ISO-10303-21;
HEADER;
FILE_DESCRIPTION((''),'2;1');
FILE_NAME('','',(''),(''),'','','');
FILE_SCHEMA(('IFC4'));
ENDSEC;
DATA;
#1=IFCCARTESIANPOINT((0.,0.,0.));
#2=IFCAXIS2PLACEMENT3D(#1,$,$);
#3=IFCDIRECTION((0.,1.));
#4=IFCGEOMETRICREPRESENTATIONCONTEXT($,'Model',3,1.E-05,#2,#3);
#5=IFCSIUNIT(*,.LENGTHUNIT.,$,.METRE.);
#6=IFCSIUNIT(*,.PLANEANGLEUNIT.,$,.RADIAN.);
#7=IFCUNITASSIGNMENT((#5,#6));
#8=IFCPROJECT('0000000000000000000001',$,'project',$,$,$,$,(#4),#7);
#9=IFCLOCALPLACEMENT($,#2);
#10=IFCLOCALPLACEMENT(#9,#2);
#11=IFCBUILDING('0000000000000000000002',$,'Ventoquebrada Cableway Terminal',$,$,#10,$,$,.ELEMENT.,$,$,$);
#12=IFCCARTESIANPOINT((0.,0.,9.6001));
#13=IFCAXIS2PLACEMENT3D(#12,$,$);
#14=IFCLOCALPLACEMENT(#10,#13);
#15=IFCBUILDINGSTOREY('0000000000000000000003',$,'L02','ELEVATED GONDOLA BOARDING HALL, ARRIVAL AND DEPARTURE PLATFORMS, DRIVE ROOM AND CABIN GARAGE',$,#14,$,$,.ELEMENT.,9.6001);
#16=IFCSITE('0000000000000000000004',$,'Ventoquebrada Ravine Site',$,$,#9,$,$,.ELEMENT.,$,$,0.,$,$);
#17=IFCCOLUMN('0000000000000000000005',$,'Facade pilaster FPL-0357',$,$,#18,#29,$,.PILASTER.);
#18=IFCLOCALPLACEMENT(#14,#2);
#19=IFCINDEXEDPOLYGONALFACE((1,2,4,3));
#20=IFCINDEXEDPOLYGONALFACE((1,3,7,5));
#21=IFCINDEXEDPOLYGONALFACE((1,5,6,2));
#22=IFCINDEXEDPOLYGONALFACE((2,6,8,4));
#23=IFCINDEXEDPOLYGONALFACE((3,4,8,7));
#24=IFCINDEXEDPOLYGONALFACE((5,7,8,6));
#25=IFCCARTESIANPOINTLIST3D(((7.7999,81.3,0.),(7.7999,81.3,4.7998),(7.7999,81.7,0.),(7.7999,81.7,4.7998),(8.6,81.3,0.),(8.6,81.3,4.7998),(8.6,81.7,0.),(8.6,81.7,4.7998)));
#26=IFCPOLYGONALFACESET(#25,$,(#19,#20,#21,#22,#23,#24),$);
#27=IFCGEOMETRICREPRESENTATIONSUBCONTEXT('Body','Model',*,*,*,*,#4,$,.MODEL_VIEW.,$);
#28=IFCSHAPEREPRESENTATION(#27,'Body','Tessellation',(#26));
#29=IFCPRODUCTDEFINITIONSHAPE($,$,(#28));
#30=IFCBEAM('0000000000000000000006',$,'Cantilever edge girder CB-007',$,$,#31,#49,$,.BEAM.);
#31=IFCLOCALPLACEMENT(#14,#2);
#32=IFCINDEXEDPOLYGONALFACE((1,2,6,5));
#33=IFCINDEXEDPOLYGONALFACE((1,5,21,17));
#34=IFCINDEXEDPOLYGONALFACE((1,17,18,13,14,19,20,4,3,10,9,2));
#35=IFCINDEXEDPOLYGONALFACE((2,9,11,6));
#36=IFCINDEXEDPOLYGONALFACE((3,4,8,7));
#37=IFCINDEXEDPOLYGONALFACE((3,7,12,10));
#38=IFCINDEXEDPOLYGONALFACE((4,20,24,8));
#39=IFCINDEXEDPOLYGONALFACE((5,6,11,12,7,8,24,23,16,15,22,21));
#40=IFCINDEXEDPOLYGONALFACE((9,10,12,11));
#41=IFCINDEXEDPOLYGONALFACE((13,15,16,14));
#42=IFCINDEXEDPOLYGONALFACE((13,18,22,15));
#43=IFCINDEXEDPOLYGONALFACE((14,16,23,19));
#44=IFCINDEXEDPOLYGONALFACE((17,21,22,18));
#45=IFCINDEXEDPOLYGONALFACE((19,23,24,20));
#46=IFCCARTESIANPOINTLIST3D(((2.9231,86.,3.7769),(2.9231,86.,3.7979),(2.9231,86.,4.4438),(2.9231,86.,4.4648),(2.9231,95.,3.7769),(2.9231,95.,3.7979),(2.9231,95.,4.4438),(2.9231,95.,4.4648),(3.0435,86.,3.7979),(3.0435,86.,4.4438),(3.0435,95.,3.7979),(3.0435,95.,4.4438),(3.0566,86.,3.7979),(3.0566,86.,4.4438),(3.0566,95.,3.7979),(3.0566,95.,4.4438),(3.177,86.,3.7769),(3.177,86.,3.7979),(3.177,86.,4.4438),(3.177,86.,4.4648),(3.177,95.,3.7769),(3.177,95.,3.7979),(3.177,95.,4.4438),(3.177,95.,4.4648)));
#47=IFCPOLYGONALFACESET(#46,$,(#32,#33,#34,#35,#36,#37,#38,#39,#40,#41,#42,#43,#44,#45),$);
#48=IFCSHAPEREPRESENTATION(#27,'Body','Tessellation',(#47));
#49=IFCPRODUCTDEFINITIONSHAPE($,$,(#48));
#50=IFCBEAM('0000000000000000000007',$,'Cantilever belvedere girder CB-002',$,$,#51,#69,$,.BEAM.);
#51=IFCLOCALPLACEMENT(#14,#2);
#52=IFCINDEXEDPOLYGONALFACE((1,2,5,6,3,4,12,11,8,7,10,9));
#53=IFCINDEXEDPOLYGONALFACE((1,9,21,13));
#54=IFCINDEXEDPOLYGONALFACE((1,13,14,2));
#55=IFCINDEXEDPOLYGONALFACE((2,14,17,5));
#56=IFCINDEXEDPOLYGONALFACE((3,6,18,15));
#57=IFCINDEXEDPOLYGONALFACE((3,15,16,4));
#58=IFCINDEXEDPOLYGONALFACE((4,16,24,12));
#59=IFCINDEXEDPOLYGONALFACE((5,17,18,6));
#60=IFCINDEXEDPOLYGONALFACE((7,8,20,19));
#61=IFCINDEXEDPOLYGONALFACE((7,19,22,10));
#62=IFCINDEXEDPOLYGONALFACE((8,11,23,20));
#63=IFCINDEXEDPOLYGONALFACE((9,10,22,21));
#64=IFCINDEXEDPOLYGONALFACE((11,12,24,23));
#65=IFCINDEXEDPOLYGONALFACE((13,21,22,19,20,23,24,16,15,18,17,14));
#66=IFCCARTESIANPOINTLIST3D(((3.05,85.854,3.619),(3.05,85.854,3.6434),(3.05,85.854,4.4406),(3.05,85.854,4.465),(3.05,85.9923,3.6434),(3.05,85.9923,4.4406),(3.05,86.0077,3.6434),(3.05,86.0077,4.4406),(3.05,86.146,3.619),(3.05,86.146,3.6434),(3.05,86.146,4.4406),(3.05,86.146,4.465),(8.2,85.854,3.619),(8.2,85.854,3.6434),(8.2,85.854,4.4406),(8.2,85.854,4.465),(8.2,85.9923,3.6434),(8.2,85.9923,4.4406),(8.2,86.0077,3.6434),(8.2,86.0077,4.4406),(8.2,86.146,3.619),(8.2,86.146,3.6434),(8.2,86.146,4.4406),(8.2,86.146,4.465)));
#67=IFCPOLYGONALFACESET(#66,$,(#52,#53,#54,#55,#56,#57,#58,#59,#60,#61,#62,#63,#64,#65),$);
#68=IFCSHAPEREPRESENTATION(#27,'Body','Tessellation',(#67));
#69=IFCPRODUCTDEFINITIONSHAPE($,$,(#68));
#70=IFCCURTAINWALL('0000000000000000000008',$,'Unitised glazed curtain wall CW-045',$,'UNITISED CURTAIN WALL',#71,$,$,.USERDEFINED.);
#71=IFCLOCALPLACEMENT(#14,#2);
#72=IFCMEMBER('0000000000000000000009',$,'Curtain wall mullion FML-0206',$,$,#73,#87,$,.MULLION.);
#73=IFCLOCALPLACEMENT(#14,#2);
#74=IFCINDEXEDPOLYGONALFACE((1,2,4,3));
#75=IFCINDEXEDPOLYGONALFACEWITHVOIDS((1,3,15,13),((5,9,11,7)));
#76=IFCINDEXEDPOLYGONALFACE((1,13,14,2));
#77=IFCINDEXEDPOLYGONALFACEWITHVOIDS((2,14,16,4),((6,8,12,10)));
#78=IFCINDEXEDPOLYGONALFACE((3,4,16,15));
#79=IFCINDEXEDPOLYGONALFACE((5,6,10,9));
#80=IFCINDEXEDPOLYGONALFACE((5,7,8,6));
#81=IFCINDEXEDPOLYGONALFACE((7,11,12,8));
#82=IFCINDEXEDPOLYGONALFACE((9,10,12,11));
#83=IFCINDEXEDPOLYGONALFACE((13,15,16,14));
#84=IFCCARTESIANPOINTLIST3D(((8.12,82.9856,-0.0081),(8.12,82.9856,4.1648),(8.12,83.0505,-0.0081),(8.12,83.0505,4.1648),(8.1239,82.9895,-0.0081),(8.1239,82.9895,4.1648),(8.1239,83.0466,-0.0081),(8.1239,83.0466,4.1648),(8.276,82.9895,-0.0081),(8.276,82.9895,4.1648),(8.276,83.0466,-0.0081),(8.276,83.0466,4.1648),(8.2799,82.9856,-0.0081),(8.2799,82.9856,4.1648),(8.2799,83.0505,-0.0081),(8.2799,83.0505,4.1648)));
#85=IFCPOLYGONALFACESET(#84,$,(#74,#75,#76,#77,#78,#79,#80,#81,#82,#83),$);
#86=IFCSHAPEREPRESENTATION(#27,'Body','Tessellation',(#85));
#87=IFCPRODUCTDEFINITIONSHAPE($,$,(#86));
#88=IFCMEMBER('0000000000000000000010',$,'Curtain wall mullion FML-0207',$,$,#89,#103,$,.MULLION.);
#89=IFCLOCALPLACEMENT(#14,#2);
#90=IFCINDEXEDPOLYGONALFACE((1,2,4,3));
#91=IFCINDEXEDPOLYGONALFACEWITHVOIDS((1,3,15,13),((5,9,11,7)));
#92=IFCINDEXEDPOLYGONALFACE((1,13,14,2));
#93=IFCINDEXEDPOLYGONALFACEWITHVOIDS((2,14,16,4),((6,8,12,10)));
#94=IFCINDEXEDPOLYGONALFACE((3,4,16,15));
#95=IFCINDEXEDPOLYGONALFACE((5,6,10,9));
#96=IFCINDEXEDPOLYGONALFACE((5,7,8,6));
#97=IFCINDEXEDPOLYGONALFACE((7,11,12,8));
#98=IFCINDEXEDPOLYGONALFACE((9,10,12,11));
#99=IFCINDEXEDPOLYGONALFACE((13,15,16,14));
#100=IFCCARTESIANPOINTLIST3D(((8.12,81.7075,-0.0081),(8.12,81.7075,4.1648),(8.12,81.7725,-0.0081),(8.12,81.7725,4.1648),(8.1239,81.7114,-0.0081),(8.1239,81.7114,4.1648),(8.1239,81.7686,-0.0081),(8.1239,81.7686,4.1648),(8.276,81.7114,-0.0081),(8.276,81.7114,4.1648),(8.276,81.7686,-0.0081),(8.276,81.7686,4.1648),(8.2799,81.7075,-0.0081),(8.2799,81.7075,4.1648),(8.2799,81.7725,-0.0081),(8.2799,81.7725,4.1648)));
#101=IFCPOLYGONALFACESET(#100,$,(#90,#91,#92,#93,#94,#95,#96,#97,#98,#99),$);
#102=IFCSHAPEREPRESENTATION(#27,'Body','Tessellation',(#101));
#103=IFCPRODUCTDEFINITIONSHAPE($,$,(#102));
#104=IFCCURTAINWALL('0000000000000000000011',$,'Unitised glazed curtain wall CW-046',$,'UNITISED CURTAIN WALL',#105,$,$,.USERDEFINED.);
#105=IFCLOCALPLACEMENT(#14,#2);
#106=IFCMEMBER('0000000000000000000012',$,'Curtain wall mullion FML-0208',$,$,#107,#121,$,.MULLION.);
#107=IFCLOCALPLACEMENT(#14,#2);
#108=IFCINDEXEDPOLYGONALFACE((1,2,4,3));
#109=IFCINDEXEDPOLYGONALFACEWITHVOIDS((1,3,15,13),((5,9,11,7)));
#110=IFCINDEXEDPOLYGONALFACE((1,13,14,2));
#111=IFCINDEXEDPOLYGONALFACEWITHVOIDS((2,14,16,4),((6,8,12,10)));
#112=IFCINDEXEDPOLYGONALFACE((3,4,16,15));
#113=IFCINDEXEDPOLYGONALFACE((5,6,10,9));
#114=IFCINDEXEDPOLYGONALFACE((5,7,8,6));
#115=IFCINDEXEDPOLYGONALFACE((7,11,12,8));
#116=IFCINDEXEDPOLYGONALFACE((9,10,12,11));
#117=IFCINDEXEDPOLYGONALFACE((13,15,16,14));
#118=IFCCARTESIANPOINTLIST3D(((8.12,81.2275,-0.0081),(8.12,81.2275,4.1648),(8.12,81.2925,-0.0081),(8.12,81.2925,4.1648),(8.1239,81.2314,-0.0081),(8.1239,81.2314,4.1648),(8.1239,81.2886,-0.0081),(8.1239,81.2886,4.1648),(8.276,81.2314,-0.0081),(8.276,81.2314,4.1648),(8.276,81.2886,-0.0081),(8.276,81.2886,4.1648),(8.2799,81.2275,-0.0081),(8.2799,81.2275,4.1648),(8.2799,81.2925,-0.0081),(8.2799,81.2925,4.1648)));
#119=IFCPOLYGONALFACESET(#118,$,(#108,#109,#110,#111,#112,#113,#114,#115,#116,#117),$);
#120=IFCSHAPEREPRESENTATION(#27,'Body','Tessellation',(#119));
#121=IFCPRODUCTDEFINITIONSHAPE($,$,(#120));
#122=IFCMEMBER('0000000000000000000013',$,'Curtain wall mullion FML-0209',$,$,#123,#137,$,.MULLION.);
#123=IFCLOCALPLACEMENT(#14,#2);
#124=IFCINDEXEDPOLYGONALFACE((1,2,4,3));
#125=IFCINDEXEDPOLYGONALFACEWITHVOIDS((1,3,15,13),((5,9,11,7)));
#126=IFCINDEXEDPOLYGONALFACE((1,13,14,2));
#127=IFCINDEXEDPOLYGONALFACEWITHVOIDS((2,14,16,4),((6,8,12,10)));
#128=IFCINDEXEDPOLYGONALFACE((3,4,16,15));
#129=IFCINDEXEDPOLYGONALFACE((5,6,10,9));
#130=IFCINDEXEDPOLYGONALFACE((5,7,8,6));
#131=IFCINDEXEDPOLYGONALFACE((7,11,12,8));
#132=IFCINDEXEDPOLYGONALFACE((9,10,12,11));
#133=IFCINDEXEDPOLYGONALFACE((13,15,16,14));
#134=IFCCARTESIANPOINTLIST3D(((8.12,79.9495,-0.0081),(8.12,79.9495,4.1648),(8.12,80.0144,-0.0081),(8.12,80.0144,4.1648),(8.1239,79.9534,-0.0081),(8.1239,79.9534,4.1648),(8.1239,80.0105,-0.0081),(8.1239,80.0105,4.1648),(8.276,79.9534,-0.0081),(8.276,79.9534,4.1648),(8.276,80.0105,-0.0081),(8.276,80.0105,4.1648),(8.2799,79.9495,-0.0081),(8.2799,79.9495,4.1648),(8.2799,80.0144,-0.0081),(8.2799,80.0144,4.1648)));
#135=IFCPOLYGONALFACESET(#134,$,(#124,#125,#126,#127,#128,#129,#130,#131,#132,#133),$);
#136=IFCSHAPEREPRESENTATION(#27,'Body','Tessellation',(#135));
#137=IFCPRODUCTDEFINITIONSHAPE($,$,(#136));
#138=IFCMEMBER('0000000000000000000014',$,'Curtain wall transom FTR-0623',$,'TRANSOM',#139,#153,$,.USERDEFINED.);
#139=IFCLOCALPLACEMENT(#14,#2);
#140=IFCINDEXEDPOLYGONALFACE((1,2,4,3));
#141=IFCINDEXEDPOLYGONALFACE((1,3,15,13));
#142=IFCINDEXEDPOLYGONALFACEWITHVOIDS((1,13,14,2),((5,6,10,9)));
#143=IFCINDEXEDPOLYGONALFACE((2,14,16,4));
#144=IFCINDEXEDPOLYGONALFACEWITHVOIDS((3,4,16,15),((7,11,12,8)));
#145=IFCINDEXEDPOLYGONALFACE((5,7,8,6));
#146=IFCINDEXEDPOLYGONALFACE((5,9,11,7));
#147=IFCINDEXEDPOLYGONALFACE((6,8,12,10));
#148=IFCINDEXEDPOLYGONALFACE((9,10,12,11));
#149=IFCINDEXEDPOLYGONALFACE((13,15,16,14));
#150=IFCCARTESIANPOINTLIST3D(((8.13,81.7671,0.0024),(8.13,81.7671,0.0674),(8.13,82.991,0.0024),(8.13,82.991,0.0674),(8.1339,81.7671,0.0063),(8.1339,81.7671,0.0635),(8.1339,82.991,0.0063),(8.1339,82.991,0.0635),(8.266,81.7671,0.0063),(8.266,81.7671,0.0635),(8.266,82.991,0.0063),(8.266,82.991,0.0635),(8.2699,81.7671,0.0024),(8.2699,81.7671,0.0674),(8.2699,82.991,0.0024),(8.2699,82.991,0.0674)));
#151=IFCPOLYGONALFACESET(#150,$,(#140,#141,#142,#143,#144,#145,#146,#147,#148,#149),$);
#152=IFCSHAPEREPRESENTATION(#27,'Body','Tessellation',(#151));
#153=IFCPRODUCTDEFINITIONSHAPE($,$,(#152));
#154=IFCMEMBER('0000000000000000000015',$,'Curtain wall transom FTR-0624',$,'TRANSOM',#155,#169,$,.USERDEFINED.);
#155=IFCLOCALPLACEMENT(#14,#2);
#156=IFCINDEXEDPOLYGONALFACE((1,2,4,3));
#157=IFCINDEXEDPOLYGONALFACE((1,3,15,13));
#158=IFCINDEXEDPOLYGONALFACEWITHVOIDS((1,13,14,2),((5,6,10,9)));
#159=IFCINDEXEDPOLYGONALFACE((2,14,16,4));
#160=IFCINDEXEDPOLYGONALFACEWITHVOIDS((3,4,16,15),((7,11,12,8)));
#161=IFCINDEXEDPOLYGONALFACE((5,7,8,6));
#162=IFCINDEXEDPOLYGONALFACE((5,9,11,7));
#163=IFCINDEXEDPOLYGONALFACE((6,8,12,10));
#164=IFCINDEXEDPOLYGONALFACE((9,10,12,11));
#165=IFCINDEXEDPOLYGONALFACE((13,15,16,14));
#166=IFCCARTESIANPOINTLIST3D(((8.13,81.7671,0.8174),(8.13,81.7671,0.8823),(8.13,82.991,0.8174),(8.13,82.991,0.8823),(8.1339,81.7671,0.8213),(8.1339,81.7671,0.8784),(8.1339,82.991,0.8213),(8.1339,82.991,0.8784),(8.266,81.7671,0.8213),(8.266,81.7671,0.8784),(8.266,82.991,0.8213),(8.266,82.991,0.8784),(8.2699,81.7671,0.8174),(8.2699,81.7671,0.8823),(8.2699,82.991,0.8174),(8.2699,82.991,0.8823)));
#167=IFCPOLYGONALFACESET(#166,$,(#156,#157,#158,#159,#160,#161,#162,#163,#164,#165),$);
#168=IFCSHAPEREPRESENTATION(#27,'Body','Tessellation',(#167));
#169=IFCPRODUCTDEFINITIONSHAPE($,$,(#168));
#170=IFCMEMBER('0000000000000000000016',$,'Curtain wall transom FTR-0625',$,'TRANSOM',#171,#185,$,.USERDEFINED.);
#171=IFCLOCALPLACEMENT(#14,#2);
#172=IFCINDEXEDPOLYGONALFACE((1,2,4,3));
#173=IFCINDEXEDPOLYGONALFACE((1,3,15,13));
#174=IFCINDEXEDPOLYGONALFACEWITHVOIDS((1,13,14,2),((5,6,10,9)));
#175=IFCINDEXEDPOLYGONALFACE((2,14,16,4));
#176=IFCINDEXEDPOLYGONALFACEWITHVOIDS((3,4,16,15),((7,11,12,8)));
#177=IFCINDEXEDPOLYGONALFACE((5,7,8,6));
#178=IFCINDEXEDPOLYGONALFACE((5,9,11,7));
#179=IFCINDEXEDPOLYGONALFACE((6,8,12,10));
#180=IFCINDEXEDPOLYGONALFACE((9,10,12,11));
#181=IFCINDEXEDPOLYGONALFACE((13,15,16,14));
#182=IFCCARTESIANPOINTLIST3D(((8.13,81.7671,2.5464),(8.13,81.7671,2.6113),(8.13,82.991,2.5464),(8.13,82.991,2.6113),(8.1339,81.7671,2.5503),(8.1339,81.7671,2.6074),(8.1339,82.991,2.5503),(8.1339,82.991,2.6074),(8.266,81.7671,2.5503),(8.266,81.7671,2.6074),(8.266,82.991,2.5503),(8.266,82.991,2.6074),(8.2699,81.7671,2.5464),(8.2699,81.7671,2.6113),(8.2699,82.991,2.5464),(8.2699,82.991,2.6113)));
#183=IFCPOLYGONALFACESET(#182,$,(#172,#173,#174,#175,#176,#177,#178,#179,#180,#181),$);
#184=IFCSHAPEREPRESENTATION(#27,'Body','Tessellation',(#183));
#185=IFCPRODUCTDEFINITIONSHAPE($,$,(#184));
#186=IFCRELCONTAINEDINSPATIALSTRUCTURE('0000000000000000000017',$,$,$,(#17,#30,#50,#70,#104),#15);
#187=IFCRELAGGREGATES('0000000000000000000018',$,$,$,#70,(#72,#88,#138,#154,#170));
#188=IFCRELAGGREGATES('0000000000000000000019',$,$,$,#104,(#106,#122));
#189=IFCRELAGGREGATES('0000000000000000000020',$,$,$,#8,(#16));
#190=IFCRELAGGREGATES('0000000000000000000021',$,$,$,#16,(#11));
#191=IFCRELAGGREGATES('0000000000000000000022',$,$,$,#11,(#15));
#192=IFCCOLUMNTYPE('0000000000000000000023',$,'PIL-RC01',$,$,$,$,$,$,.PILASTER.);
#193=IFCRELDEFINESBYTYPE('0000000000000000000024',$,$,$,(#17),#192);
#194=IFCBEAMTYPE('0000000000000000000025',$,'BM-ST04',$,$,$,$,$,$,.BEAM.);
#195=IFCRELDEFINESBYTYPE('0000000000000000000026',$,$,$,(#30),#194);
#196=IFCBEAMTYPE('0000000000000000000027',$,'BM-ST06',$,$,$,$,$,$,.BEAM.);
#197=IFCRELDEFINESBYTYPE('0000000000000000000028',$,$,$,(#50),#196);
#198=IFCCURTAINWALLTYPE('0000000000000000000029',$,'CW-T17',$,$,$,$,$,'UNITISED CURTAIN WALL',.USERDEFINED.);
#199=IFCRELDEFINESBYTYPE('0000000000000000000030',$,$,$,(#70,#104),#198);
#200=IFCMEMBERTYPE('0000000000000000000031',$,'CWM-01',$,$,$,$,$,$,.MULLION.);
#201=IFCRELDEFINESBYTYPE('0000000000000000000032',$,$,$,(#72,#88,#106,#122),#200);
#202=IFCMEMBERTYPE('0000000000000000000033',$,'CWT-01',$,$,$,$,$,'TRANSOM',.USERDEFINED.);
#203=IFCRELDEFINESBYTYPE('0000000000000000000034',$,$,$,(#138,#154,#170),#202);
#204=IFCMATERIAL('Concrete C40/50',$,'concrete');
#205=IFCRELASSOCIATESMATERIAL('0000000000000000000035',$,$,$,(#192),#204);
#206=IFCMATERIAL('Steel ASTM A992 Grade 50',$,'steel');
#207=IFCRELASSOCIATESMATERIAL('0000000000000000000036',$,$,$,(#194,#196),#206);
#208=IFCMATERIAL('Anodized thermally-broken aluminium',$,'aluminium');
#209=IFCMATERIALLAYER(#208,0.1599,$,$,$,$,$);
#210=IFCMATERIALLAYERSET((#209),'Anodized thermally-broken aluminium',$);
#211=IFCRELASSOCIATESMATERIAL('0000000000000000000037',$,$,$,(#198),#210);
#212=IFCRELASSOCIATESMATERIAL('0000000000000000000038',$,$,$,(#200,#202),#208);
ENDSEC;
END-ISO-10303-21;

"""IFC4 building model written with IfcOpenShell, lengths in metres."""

from ifc_helpers import new_model, si_unit, direction, frame, origin, origin_2d, place, context, subcontext, project, spatial, rectangle, hollow_rectangle, i_section, extrude, material, layer, layer_set, material_profile, profile_set, type_object, element, aggregate, save


model = new_model("IFC4")

# Units and contexts
model_context = context("Model", 3, precision=1e-05, world=origin(), true_north=direction((0.0, 1.0)))
body_context = subcontext(model_context, "Body", "Model", "MODEL_VIEW")
ifc_project = project(units=[si_unit("LENGTHUNIT", "METRE"), si_unit("PLANEANGLEUNIT", "RADIAN")], contexts=[model_context])

# Site, building, storey
site_placement = place(None, origin())
site = spatial("IfcSite", under=ifc_project, at=site_placement, Name="Ventoquebrada Ravine Site", CompositionType="ELEMENT", RefElevation=0.0)
building_placement = place(site_placement, origin())
building = spatial("IfcBuilding", under=site, at=building_placement, Name="Ventoquebrada Cableway Terminal", CompositionType="ELEMENT")
storey_placement = place(building_placement, frame((0.0, 0.0, 9.6001)))
storey = spatial("IfcBuildingStorey", under=building, at=storey_placement, Name="L02", Description="ELEVATED GONDOLA BOARDING HALL, ARRIVAL AND DEPARTURE PLATFORMS, DRIVE ROOM AND CABIN GARAGE", CompositionType="ELEMENT", Elevation=9.6001)

# Column
ifc_material_1 = material(Name="Concrete C40/50", Category="concrete")
ifc_material_profile_1 = material_profile(ifc_material_1, rectangle(XDim=0.3999, YDim=0.8, at=origin_2d()), Name="RC-PIL-400X800")
ifc_profile_set_1 = profile_set([ifc_material_profile_1], Name="Concrete C40/50")
column_type = type_object("IfcColumnType", Name="PIL-RC01", PredefinedType="PILASTER", material=ifc_profile_set_1)
column_placement = place(storey_placement, frame((8.2, 81.5, 0.0), z_axis=(0.0, 0.0, 1.0), x_axis=(0.0, 1.0, 0.0)))
element("IfcColumn", 1, at=column_placement, inside=storey, type_object=column_type, Name="Facade pilaster FPL-0357", PredefinedType="PILASTER", context=body_context, shape_type="SweptSolid", body=[
    extrude(rectangle(XDim=0.3999, YDim=0.8, at=origin_2d()), origin(), (0.0, 0.0, 1.0), 4.7998),
])

# Beams
ifc_material_2 = material(Name="Steel ASTM A992 Grade 50", Category="steel")
ifc_material_profile_2 = material_profile(ifc_material_2, i_section(OverallWidth=0.2539, OverallDepth=0.688, WebThickness=0.0132, FlangeThickness=0.021, at=origin_2d()), Name="W27X102")
ifc_profile_set_2 = profile_set([ifc_material_profile_2], Name="Steel ASTM A992 Grade 50")
beam_type_1 = type_object("IfcBeamType", Name="BM-ST04", PredefinedType="BEAM", material=ifc_profile_set_2)
beam_1_placement = place(storey_placement, frame((3.05, 86.0, 4.1208), z_axis=(0.0, 1.0, 0.0), x_axis=(-1.0, 0.0, 0.0)))
element("IfcBeam", 2, at=beam_1_placement, inside=storey, type_object=beam_type_1, Name="Cantilever edge girder CB-007", PredefinedType="BEAM", context=body_context, shape_type="SweptSolid", body=[
    extrude(i_section(OverallWidth=0.2539, OverallDepth=0.688, WebThickness=0.0132, FlangeThickness=0.021, at=origin_2d()), origin(), (0.0, 0.0, 1.0), 9.0),
])
ifc_material_profile_3 = material_profile(ifc_material_2, i_section(OverallWidth=0.292, OverallDepth=0.8459, WebThickness=0.0154, FlangeThickness=0.0244, at=origin_2d()), Name="W33X141")
ifc_profile_set_3 = profile_set([ifc_material_profile_3], Name="Steel ASTM A992 Grade 50")
beam_type_2 = type_object("IfcBeamType", Name="BM-ST06", PredefinedType="BEAM", material=ifc_profile_set_3)
beam_2_placement = place(storey_placement, frame((3.05, 86.0, 4.042), z_axis=(1.0, 0.0, 0.0), x_axis=(0.0, 1.0, 0.0)))
element("IfcBeam", 3, at=beam_2_placement, inside=storey, type_object=beam_type_2, Name="Cantilever belvedere girder CB-002", PredefinedType="BEAM", context=body_context, shape_type="SweptSolid", body=[
    extrude(i_section(OverallWidth=0.292, OverallDepth=0.8459, WebThickness=0.0154, FlangeThickness=0.0244, at=origin_2d()), origin(), (0.0, 0.0, 1.0), 5.1499),
])

# Curtain walls, members
ifc_material_3 = material(Name="Anodized thermally-broken aluminium", Category="aluminium")
ifc_layer_1 = layer(ifc_material_3, 0.1599)
ifc_layer_set_1 = layer_set([ifc_layer_1], Name="Anodized thermally-broken aluminium")
curtain_wall_type = type_object("IfcCurtainWallType", Name="CW-T17", ElementType="UNITISED CURTAIN WALL", PredefinedType="USERDEFINED", material=ifc_layer_set_1)
curtain_wall_1_placement = place(storey_placement, origin())
curtain_wall_1 = element("IfcCurtainWall", 4, at=curtain_wall_1_placement, inside=storey, type_object=curtain_wall_type, Name="Unitised glazed curtain wall CW-045", ObjectType="UNITISED CURTAIN WALL", PredefinedType="USERDEFINED")
ifc_material_profile_4 = material_profile(ifc_material_3, hollow_rectangle(XDim=0.0649, YDim=0.1599, WallThickness=0.0039, at=origin_2d()), Name="CW-MUL-65X160")
ifc_profile_set_4 = profile_set([ifc_material_profile_4], Name="Anodized thermally-broken aluminium")
member_type_1 = type_object("IfcMemberType", Name="CWM-01", PredefinedType="MULLION", material=ifc_profile_set_4)
member_1_placement = place(storey_placement, frame((8.2, 83.0181, -0.0081), z_axis=(0.0, 0.0, 1.0), x_axis=(0.0, -1.0, 0.0)))
member_1 = element("IfcMember", 5, at=member_1_placement, type_object=member_type_1, Name="Curtain wall mullion FML-0206", PredefinedType="MULLION", context=body_context, shape_type="SweptSolid", body=[
    extrude(hollow_rectangle(XDim=0.0649, YDim=0.1599, WallThickness=0.0039, at=origin_2d()), origin(), (0.0, 0.0, 1.0), 4.1729),
])
member_2_placement = place(storey_placement, frame((8.2, 81.74, -0.0081), z_axis=(0.0, 0.0, 1.0), x_axis=(0.0, -1.0, 0.0)))
member_2 = element("IfcMember", 6, at=member_2_placement, type_object=member_type_1, Name="Curtain wall mullion FML-0207", PredefinedType="MULLION", context=body_context, shape_type="SweptSolid", body=[
    extrude(hollow_rectangle(XDim=0.0649, YDim=0.1599, WallThickness=0.0039, at=origin_2d()), origin(), (0.0, 0.0, 1.0), 4.1729),
])
curtain_wall_2_placement = place(storey_placement, origin())
curtain_wall_2 = element("IfcCurtainWall", 7, at=curtain_wall_2_placement, inside=storey, type_object=curtain_wall_type, Name="Unitised glazed curtain wall CW-046", ObjectType="UNITISED CURTAIN WALL", PredefinedType="USERDEFINED")
member_3_placement = place(storey_placement, frame((8.2, 81.26, -0.0081), z_axis=(0.0, 0.0, 1.0), x_axis=(0.0, -1.0, 0.0)))
member_3 = element("IfcMember", 8, at=member_3_placement, type_object=member_type_1, Name="Curtain wall mullion FML-0208", PredefinedType="MULLION", context=body_context, shape_type="SweptSolid", body=[
    extrude(hollow_rectangle(XDim=0.0649, YDim=0.1599, WallThickness=0.0039, at=origin_2d()), origin(), (0.0, 0.0, 1.0), 4.1729),
])
member_4_placement = place(storey_placement, frame((8.2, 79.9819, -0.0081), z_axis=(0.0, 0.0, 1.0), x_axis=(0.0, -1.0, 0.0)))
member_4 = element("IfcMember", 9, at=member_4_placement, type_object=member_type_1, Name="Curtain wall mullion FML-0209", PredefinedType="MULLION", context=body_context, shape_type="SweptSolid", body=[
    extrude(hollow_rectangle(XDim=0.0649, YDim=0.1599, WallThickness=0.0039, at=origin_2d()), origin(), (0.0, 0.0, 1.0), 4.1729),
])

# Members
ifc_material_profile_5 = material_profile(ifc_material_3, hollow_rectangle(XDim=0.0649, YDim=0.1399, WallThickness=0.0039, at=origin_2d()), Name="CW-TRN-65X140")
ifc_profile_set_5 = profile_set([ifc_material_profile_5], Name="Anodized thermally-broken aluminium")
member_type_2 = type_object("IfcMemberType", Name="CWT-01", ElementType="TRANSOM", PredefinedType="USERDEFINED", material=ifc_profile_set_5)
member_5_placement = place(storey_placement, frame((8.2, 82.991, 0.0349), z_axis=(0.0, -1.0, 0.0), x_axis=(0.0, 0.0, 1.0)))
member_5 = element("IfcMember", 10, at=member_5_placement, type_object=member_type_2, Name="Curtain wall transom FTR-0623", ObjectType="TRANSOM", PredefinedType="USERDEFINED", context=body_context, shape_type="SweptSolid", body=[
    extrude(hollow_rectangle(XDim=0.0649, YDim=0.1399, WallThickness=0.0039, at=origin_2d()), origin(), (0.0, 0.0, 1.0), 1.2239),
])
member_6_placement = place(storey_placement, frame((8.2, 82.991, 0.8499), z_axis=(0.0, -1.0, 0.0), x_axis=(0.0, 0.0, 1.0)))
member_6 = element("IfcMember", 11, at=member_6_placement, type_object=member_type_2, Name="Curtain wall transom FTR-0624", ObjectType="TRANSOM", PredefinedType="USERDEFINED", context=body_context, shape_type="SweptSolid", body=[
    extrude(hollow_rectangle(XDim=0.0649, YDim=0.1399, WallThickness=0.0039, at=origin_2d()), origin(), (0.0, 0.0, 1.0), 1.2239),
])
member_7_placement = place(storey_placement, frame((8.2, 82.991, 2.5789), z_axis=(0.0, -1.0, 0.0), x_axis=(0.0, 0.0, 1.0)))
member_7 = element("IfcMember", 12, at=member_7_placement, type_object=member_type_2, Name="Curtain wall transom FTR-0625", ObjectType="TRANSOM", PredefinedType="USERDEFINED", context=body_context, shape_type="SweptSolid", body=[
    extrude(hollow_rectangle(XDim=0.0649, YDim=0.1399, WallThickness=0.0039, at=origin_2d()), origin(), (0.0, 0.0, 1.0), 1.2239),
])

aggregate(curtain_wall_1, [member_1, member_2, member_5, member_6, member_7])
aggregate(curtain_wall_2, [member_3, member_4])

save(model, "model.ifc")
